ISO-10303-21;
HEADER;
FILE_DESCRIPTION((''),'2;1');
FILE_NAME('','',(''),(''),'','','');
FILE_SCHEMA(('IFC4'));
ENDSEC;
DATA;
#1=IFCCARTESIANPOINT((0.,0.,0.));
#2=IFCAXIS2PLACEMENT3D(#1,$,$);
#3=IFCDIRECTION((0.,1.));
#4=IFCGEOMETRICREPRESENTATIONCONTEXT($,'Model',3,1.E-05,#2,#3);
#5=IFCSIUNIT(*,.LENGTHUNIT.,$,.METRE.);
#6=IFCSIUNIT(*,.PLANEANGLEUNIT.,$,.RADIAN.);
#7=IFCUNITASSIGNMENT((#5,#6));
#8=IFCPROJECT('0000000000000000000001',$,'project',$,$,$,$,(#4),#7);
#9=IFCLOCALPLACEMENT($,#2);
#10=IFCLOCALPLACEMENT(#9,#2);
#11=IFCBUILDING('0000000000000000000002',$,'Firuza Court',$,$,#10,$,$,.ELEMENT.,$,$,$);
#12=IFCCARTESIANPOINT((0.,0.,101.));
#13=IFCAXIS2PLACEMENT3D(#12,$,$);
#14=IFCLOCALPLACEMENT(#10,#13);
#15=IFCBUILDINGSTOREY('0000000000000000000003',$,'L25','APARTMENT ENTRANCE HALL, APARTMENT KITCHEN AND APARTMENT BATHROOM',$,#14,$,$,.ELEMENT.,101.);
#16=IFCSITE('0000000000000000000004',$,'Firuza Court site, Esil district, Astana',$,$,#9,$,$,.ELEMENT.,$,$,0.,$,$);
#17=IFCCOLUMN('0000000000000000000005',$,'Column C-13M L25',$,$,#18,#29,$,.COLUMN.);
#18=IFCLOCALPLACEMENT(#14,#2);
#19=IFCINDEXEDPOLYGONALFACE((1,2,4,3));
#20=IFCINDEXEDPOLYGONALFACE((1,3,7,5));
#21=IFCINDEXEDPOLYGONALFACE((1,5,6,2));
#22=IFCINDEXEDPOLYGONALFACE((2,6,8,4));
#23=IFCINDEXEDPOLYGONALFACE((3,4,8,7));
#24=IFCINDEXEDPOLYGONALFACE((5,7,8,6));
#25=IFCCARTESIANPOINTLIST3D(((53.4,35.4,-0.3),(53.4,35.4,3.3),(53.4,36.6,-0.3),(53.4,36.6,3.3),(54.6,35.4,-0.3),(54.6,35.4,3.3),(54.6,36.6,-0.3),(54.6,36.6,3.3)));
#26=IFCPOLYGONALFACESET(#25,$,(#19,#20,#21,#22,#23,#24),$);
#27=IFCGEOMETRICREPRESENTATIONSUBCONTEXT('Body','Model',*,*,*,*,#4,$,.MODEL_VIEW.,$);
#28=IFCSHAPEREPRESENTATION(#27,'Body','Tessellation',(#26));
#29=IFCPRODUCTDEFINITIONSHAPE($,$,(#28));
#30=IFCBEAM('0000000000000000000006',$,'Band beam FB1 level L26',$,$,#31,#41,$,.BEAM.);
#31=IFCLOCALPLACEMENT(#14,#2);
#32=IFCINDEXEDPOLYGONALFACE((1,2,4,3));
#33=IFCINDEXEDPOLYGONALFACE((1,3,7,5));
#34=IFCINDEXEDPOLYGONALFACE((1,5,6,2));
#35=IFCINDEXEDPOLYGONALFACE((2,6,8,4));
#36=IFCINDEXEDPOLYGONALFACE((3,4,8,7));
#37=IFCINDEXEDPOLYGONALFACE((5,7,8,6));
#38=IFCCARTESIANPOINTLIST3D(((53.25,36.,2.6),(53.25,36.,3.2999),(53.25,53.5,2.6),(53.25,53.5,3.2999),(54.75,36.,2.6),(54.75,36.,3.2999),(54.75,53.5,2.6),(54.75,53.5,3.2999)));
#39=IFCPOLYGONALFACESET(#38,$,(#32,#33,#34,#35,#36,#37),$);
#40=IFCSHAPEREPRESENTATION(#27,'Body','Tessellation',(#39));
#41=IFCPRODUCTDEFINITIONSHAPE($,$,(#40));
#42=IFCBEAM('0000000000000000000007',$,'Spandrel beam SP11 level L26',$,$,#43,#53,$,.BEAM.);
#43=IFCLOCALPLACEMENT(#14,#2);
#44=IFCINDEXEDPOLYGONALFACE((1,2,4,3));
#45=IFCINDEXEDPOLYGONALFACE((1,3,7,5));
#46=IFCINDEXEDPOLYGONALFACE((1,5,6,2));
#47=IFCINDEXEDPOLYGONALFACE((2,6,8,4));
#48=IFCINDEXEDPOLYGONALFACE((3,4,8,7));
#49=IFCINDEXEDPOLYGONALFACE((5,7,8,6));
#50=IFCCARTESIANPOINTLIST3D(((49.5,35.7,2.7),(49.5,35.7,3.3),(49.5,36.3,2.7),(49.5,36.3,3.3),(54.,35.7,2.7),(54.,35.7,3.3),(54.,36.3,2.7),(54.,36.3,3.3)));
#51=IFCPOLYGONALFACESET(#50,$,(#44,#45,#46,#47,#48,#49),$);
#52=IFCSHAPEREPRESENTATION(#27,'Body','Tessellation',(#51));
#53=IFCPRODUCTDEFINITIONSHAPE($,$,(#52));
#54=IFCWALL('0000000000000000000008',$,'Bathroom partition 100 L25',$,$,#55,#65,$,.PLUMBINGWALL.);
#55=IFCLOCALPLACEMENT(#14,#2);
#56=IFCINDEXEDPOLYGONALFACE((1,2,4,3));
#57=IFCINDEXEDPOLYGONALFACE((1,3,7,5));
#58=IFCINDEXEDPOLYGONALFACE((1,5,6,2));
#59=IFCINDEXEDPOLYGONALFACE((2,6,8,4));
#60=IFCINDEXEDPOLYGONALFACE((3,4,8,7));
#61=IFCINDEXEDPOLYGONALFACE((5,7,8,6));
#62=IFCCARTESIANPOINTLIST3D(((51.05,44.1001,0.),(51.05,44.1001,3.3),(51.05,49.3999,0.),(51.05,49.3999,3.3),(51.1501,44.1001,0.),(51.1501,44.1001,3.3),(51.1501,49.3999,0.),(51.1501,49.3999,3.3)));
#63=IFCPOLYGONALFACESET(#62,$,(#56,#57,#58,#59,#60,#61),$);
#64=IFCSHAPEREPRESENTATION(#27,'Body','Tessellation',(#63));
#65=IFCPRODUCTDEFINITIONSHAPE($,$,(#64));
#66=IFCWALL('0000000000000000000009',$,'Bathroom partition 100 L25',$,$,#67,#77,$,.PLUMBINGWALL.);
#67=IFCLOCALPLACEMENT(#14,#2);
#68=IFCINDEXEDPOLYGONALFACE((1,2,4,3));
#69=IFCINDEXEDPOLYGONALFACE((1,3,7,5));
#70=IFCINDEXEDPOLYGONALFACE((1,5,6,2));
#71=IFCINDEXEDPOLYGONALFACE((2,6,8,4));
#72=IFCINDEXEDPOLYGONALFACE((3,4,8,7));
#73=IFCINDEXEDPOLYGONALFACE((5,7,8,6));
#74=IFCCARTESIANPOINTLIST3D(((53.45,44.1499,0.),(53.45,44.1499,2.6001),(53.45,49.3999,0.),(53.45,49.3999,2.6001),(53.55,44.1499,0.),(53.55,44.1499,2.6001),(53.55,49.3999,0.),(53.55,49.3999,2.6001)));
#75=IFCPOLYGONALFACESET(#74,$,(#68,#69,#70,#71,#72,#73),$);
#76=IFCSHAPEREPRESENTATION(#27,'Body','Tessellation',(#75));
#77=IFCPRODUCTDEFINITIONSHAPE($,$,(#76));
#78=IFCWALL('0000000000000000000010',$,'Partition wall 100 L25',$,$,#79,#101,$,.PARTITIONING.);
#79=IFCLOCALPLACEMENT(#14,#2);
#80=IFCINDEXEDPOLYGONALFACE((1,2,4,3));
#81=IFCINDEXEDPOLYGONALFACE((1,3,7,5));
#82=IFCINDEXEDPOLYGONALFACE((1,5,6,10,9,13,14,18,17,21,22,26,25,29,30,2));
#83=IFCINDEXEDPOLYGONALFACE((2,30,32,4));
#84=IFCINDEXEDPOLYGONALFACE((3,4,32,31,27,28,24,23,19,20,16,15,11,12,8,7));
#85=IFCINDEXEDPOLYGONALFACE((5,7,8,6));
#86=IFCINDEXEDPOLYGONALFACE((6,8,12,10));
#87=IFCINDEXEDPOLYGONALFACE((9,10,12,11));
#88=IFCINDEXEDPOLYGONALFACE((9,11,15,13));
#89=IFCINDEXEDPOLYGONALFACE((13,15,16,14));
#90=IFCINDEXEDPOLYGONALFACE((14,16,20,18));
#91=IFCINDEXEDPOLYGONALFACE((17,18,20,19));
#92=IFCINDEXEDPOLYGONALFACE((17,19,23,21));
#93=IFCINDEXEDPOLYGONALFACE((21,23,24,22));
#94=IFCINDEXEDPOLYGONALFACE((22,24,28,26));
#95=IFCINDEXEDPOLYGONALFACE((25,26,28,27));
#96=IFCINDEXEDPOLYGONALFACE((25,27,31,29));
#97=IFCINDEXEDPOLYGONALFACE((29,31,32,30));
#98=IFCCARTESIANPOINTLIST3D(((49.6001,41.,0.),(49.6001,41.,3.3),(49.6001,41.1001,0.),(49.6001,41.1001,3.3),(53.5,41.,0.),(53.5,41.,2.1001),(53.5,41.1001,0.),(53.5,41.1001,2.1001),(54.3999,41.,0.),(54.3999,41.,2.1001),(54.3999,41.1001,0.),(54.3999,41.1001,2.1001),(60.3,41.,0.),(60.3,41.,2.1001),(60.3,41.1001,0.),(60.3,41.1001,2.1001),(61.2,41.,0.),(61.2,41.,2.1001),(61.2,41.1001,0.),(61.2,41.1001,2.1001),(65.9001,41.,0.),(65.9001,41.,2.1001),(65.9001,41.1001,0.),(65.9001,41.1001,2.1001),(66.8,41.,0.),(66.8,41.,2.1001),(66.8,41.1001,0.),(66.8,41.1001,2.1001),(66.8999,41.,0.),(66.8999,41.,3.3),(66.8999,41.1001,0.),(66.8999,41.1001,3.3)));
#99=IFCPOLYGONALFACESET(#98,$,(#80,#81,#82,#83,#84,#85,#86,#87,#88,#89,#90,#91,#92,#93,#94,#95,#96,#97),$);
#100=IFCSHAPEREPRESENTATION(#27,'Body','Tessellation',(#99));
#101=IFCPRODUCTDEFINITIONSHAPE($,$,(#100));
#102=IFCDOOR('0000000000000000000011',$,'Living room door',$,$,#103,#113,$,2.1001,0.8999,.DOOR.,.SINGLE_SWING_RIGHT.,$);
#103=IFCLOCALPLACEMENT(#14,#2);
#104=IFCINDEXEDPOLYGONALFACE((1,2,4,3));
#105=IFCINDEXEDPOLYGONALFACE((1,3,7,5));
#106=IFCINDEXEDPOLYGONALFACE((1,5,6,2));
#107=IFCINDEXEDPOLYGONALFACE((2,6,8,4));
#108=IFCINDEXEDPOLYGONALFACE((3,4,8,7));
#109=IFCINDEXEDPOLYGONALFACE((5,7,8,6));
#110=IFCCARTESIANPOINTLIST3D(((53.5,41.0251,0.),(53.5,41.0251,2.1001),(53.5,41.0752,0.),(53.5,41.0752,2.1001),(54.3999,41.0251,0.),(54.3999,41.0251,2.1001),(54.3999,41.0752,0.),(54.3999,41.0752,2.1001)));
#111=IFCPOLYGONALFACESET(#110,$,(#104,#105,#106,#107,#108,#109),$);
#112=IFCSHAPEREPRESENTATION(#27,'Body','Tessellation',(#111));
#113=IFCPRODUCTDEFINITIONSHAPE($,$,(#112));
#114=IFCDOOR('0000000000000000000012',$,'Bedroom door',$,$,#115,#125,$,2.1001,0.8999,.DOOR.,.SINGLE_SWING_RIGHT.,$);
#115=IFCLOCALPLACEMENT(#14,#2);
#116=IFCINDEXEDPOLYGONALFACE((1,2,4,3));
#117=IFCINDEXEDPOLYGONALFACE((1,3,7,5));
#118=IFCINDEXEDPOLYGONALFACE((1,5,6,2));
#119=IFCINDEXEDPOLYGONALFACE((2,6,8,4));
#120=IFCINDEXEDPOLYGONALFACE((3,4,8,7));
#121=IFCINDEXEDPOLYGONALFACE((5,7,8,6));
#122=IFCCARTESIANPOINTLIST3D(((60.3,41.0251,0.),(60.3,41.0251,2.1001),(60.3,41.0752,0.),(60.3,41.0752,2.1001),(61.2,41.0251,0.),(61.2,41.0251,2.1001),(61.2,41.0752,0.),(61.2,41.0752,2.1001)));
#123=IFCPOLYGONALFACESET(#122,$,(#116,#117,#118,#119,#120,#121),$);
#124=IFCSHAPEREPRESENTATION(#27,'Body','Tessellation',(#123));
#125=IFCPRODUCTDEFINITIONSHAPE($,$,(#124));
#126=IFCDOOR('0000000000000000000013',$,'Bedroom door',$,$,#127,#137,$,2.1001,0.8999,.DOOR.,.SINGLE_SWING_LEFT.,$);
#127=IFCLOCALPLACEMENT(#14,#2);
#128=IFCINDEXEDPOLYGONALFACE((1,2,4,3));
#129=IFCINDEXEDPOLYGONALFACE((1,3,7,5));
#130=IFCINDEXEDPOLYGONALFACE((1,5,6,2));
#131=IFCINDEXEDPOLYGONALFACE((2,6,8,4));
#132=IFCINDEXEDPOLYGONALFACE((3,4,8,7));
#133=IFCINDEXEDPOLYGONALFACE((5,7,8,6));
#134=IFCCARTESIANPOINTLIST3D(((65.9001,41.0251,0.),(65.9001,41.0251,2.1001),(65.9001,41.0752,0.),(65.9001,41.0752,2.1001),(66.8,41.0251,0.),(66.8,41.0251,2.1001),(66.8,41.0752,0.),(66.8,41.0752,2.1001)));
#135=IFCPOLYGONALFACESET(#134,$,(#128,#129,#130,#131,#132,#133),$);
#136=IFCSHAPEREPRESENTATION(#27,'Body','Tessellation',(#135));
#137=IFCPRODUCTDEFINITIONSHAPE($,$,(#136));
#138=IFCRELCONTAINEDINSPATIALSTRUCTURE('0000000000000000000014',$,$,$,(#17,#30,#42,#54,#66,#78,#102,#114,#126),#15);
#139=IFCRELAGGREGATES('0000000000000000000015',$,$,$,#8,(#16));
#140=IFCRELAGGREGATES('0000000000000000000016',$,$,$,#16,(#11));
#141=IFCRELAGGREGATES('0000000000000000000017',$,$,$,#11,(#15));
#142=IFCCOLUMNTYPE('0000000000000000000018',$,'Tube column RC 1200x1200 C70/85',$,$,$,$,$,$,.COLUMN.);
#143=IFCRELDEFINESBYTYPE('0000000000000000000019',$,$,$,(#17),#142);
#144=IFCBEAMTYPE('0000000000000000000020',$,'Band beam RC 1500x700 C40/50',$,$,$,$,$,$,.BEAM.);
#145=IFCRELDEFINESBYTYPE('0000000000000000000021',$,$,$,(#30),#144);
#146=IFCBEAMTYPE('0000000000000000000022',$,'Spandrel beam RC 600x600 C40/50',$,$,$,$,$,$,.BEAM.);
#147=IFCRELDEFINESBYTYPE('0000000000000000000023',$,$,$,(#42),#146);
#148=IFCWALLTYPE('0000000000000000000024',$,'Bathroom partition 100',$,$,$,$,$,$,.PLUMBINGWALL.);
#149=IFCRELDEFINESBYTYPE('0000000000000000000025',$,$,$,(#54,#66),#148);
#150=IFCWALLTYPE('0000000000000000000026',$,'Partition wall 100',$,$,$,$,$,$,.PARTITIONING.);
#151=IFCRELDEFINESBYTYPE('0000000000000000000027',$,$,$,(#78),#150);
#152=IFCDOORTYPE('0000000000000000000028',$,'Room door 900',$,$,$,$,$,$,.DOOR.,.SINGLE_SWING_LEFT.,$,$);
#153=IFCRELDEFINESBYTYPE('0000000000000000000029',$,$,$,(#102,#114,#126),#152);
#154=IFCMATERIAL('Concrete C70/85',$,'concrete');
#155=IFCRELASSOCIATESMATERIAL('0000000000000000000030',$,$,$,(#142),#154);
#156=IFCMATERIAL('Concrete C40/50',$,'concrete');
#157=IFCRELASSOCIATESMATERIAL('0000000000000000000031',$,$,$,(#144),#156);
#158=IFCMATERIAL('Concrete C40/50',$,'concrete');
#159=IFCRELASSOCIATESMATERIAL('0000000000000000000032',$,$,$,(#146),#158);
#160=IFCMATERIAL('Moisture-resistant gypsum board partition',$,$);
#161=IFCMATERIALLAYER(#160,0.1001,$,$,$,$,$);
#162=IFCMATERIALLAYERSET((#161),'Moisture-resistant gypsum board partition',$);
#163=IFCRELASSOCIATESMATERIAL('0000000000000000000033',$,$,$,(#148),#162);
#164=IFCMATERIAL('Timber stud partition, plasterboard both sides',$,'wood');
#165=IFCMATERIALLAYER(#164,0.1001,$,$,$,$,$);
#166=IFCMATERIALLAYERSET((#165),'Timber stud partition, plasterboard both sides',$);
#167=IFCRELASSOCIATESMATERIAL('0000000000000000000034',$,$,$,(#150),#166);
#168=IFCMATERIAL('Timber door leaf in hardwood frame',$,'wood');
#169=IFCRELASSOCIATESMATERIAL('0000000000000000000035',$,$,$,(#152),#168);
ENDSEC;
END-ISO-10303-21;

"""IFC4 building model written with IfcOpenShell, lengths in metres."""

from ifc_helpers import new_model, si_unit, direction, frame, frame_2d, origin, origin_2d, place, context, subcontext, project, spatial, rectangle, extrude, material, layer, layer_set, material_profile, profile_set, type_object, element, fill, save


model = new_model("IFC4")

# Units and contexts
model_context = context("Model", 3, precision=1e-05, world=origin(), true_north=direction((0.0, 1.0)))
body_context = subcontext(model_context, "Body", "Model", "MODEL_VIEW")
ifc_project = project(units=[si_unit("LENGTHUNIT", "METRE"), si_unit("PLANEANGLEUNIT", "RADIAN")], contexts=[model_context])

# Site, building, storey
site_placement = place(None, origin())
site = spatial("IfcSite", under=ifc_project, at=site_placement, Name="Firuza Court site, Esil district, Astana", CompositionType="ELEMENT", RefElevation=0.0)
building_placement = place(site_placement, origin())
building = spatial("IfcBuilding", under=site, at=building_placement, Name="Firuza Court", CompositionType="ELEMENT")
storey_placement = place(building_placement, frame((0.0, 0.0, 101.0)))
storey = spatial("IfcBuildingStorey", under=building, at=storey_placement, Name="L25", Description="APARTMENT ENTRANCE HALL, APARTMENT KITCHEN AND APARTMENT BATHROOM", CompositionType="ELEMENT", Elevation=101.0)

# Column
ifc_material_1 = material(Name="Concrete C70/85", Category="concrete")
ifc_material_profile_1 = material_profile(ifc_material_1, rectangle(XDim=1.2, YDim=1.2, at=origin_2d()), Name="RC 1200x1200")
ifc_profile_set_1 = profile_set([ifc_material_profile_1], Name="Concrete C70/85")
column_type = type_object("IfcColumnType", Name="Tube column RC 1200x1200 C70/85", PredefinedType="COLUMN", material=ifc_profile_set_1)
column_placement = place(storey_placement, frame((54.0, 36.0, -0.3), z_axis=(0.0, 0.0, 1.0), x_axis=(1.0, 0.0, 0.0)))
element("IfcColumn", 1, at=column_placement, inside=storey, type_object=column_type, Name="Column C-13M L25", PredefinedType="COLUMN", context=body_context, shape_type="SweptSolid", body=[
    extrude(rectangle(XDim=1.2, YDim=1.2, at=origin_2d()), origin(), (0.0, 0.0, 1.0), 3.6001),
])

# Beams
ifc_material_2 = material(Name="Concrete C40/50", Category="concrete")
ifc_material_profile_2 = material_profile(ifc_material_2, rectangle(XDim=1.5, YDim=0.7, at=origin_2d()), Name="RC 1500x700")
ifc_profile_set_2 = profile_set([ifc_material_profile_2], Name="Concrete C40/50")
beam_type_1 = type_object("IfcBeamType", Name="Band beam RC 1500x700 C40/50", PredefinedType="BEAM", material=ifc_profile_set_2)
beam_1_placement = place(storey_placement, frame((54.0, 36.0, 2.95), z_axis=(0.0, 1.0, 0.0), x_axis=(-1.0, 0.0, 0.0)))
element("IfcBeam", 2, at=beam_1_placement, inside=storey, type_object=beam_type_1, Name="Band beam FB1 level L26", PredefinedType="BEAM", context=body_context, shape_type="SweptSolid", body=[
    extrude(rectangle(XDim=1.5, YDim=0.7, at=origin_2d()), origin(), (0.0, 0.0, 1.0), 17.5),
])
ifc_material_3 = material(Name="Concrete C40/50", Category="concrete")
ifc_material_profile_3 = material_profile(ifc_material_3, rectangle(XDim=0.6001, YDim=0.6001, at=origin_2d()), Name="RC 600x600")
ifc_profile_set_3 = profile_set([ifc_material_profile_3], Name="Concrete C40/50")
beam_type_2 = type_object("IfcBeamType", Name="Spandrel beam RC 600x600 C40/50", PredefinedType="BEAM", material=ifc_profile_set_3)
beam_2_placement = place(storey_placement, frame((49.5, 36.0, 3.0), z_axis=(1.0, 0.0, 0.0), x_axis=(0.0, 1.0, 0.0)))
element("IfcBeam", 3, at=beam_2_placement, inside=storey, type_object=beam_type_2, Name="Spandrel beam SP11 level L26", PredefinedType="BEAM", context=body_context, shape_type="SweptSolid", body=[
    extrude(rectangle(XDim=0.6001, YDim=0.6001, at=origin_2d()), origin(), (0.0, 0.0, 1.0), 4.5),
])

# Walls
ifc_material_4 = material(Name="Moisture-resistant gypsum board partition")
ifc_layer_1 = layer(ifc_material_4, 0.1001)
ifc_layer_set_1 = layer_set([ifc_layer_1], Name="Moisture-resistant gypsum board partition")
wall_type_1 = type_object("IfcWallType", Name="Bathroom partition 100", PredefinedType="PLUMBINGWALL", material=ifc_layer_set_1)
wall_1_placement = place(storey_placement, frame((51.1001, 44.1001, 0.0), z_axis=(0.0, 0.0, 1.0), x_axis=(0.0, 1.0, 0.0)))
element("IfcWall", 4, at=wall_1_placement, inside=storey, type_object=wall_type_1, Name="Bathroom partition 100 L25", PredefinedType="PLUMBINGWALL", context=body_context, shape_type="SweptSolid", body=[
    extrude(rectangle(XDim=5.2998, YDim=0.1001, at=frame_2d((2.6499, 0.0))), origin(), (0.0, 0.0, 1.0), 3.3),
])
wall_2_placement = place(storey_placement, frame((53.5, 44.1499, 0.0), z_axis=(0.0, 0.0, 1.0), x_axis=(0.0, 1.0, 0.0)))
element("IfcWall", 5, at=wall_2_placement, inside=storey, type_object=wall_type_1, Name="Bathroom partition 100 L25", PredefinedType="PLUMBINGWALL", context=body_context, shape_type="SweptSolid", body=[
    extrude(rectangle(XDim=5.25, YDim=0.1001, at=frame_2d((2.625, 0.0))), origin(), (0.0, 0.0, 1.0), 2.6001),
])

# Wall, openings, doors
ifc_material_5 = material(Name="Timber stud partition, plasterboard both sides", Category="wood")
ifc_layer_2 = layer(ifc_material_5, 0.1001)
ifc_layer_set_2 = layer_set([ifc_layer_2], Name="Timber stud partition, plasterboard both sides")
wall_type_2 = type_object("IfcWallType", Name="Partition wall 100", PredefinedType="PARTITIONING", material=ifc_layer_set_2)
wall_3_placement = place(storey_placement, frame((49.6001, 41.05, 0.0), z_axis=(0.0, 0.0, 1.0), x_axis=(1.0, 0.0, 0.0)))
wall_3 = element("IfcWall", 6, at=wall_3_placement, inside=storey, type_object=wall_type_2, Name="Partition wall 100 L25", PredefinedType="PARTITIONING", context=body_context, shape_type="SweptSolid", body=[
    extrude(rectangle(XDim=17.2998, YDim=0.1001, at=frame_2d((8.6499, 0.0))), origin(), (0.0, 0.0, 1.0), 3.3),
])
opening_1_placement = place(wall_3_placement, frame((3.8999, 0.0, 0.0)))
opening_1 = element("IfcOpeningElement", 7, at=opening_1_placement, cuts=wall_3, PredefinedType="OPENING", context=body_context, shape_type="SweptSolid", body=[
    extrude(rectangle(XDim=0.8999, YDim=2.1001, at=frame_2d((0.45, 1.05))), frame((0.0, 0.062, 0.0), z_axis=(0.0, -1.0, 0.0), x_axis=(1.0, 0.0, 0.0)), (0.0, 0.0, 1.0), 0.124),
])
opening_2_placement = place(wall_3_placement, frame((10.7, 0.0, 0.0)))
opening_2 = element("IfcOpeningElement", 8, at=opening_2_placement, cuts=wall_3, PredefinedType="OPENING", context=body_context, shape_type="SweptSolid", body=[
    extrude(rectangle(XDim=0.8999, YDim=2.1001, at=frame_2d((0.45, 1.05))), frame((0.0, 0.062, 0.0), z_axis=(0.0, -1.0, 0.0), x_axis=(1.0, 0.0, 0.0)), (0.0, 0.0, 1.0), 0.124),
])
opening_3_placement = place(wall_3_placement, frame((16.3, 0.0, 0.0)))
opening_3 = element("IfcOpeningElement", 9, at=opening_3_placement, cuts=wall_3, PredefinedType="OPENING", context=body_context, shape_type="SweptSolid", body=[
    extrude(rectangle(XDim=0.8999, YDim=2.1001, at=frame_2d((0.45, 1.05))), frame((0.0, 0.062, 0.0), z_axis=(0.0, -1.0, 0.0), x_axis=(1.0, 0.0, 0.0)), (0.0, 0.0, 1.0), 0.124),
])
ifc_material_6 = material(Name="Timber door leaf in hardwood frame", Category="wood")
door_type_1 = type_object("IfcDoorType", Name="Room door 900", OperationType="SINGLE_SWING_LEFT", PredefinedType="DOOR", material=ifc_material_6)
door_1_placement = place(opening_1_placement, frame((0.8999, 0.0, 0.0), z_axis=(0.0, 0.0, 1.0), x_axis=(-1.0, 0.0, 0.0)))
door_1 = element("IfcDoor", 10, at=door_1_placement, inside=storey, type_object=door_type_1, Name="Living room door", OperationType="SINGLE_SWING_RIGHT", OverallHeight=2.1001, OverallWidth=0.8999, PredefinedType="DOOR", context=body_context, shape_type="SweptSolid", body=[
    extrude(rectangle(XDim=0.8999, YDim=2.1001, at=frame_2d((0.45, 1.05))), frame((0.0, 0.0249, 0.0), z_axis=(0.0, -1.0, 0.0), x_axis=(1.0, 0.0, 0.0)), (0.0, 0.0, 1.0), 0.05),
])
fill(opening_1, door_1)
door_2_placement = place(opening_2_placement, frame((0.8999, 0.0, 0.0), z_axis=(0.0, 0.0, 1.0), x_axis=(-1.0, 0.0, 0.0)))
door_2 = element("IfcDoor", 11, at=door_2_placement, inside=storey, type_object=door_type_1, Name="Bedroom door", OperationType="SINGLE_SWING_RIGHT", OverallHeight=2.1001, OverallWidth=0.8999, PredefinedType="DOOR", context=body_context, shape_type="SweptSolid", body=[
    extrude(rectangle(XDim=0.8999, YDim=2.1001, at=frame_2d((0.45, 1.05))), frame((0.0, 0.0249, 0.0), z_axis=(0.0, -1.0, 0.0), x_axis=(1.0, 0.0, 0.0)), (0.0, 0.0, 1.0), 0.05),
])
fill(opening_2, door_2)
door_3_placement = place(opening_3_placement, frame((0.8999, 0.0, 0.0), z_axis=(0.0, 0.0, 1.0), x_axis=(-1.0, 0.0, 0.0)))
door_3 = element("IfcDoor", 12, at=door_3_placement, inside=storey, type_object=door_type_1, Name="Bedroom door", OperationType="SINGLE_SWING_LEFT", OverallHeight=2.1001, OverallWidth=0.8999, PredefinedType="DOOR", context=body_context, shape_type="SweptSolid", body=[
    extrude(rectangle(XDim=0.8999, YDim=2.1001, at=frame_2d((0.45, 1.05))), frame((0.0, 0.0249, 0.0), z_axis=(0.0, -1.0, 0.0), x_axis=(1.0, 0.0, 0.0)), (0.0, 0.0, 1.0), 0.05),
])
fill(opening_3, door_3)

save(model, "model.ifc")
